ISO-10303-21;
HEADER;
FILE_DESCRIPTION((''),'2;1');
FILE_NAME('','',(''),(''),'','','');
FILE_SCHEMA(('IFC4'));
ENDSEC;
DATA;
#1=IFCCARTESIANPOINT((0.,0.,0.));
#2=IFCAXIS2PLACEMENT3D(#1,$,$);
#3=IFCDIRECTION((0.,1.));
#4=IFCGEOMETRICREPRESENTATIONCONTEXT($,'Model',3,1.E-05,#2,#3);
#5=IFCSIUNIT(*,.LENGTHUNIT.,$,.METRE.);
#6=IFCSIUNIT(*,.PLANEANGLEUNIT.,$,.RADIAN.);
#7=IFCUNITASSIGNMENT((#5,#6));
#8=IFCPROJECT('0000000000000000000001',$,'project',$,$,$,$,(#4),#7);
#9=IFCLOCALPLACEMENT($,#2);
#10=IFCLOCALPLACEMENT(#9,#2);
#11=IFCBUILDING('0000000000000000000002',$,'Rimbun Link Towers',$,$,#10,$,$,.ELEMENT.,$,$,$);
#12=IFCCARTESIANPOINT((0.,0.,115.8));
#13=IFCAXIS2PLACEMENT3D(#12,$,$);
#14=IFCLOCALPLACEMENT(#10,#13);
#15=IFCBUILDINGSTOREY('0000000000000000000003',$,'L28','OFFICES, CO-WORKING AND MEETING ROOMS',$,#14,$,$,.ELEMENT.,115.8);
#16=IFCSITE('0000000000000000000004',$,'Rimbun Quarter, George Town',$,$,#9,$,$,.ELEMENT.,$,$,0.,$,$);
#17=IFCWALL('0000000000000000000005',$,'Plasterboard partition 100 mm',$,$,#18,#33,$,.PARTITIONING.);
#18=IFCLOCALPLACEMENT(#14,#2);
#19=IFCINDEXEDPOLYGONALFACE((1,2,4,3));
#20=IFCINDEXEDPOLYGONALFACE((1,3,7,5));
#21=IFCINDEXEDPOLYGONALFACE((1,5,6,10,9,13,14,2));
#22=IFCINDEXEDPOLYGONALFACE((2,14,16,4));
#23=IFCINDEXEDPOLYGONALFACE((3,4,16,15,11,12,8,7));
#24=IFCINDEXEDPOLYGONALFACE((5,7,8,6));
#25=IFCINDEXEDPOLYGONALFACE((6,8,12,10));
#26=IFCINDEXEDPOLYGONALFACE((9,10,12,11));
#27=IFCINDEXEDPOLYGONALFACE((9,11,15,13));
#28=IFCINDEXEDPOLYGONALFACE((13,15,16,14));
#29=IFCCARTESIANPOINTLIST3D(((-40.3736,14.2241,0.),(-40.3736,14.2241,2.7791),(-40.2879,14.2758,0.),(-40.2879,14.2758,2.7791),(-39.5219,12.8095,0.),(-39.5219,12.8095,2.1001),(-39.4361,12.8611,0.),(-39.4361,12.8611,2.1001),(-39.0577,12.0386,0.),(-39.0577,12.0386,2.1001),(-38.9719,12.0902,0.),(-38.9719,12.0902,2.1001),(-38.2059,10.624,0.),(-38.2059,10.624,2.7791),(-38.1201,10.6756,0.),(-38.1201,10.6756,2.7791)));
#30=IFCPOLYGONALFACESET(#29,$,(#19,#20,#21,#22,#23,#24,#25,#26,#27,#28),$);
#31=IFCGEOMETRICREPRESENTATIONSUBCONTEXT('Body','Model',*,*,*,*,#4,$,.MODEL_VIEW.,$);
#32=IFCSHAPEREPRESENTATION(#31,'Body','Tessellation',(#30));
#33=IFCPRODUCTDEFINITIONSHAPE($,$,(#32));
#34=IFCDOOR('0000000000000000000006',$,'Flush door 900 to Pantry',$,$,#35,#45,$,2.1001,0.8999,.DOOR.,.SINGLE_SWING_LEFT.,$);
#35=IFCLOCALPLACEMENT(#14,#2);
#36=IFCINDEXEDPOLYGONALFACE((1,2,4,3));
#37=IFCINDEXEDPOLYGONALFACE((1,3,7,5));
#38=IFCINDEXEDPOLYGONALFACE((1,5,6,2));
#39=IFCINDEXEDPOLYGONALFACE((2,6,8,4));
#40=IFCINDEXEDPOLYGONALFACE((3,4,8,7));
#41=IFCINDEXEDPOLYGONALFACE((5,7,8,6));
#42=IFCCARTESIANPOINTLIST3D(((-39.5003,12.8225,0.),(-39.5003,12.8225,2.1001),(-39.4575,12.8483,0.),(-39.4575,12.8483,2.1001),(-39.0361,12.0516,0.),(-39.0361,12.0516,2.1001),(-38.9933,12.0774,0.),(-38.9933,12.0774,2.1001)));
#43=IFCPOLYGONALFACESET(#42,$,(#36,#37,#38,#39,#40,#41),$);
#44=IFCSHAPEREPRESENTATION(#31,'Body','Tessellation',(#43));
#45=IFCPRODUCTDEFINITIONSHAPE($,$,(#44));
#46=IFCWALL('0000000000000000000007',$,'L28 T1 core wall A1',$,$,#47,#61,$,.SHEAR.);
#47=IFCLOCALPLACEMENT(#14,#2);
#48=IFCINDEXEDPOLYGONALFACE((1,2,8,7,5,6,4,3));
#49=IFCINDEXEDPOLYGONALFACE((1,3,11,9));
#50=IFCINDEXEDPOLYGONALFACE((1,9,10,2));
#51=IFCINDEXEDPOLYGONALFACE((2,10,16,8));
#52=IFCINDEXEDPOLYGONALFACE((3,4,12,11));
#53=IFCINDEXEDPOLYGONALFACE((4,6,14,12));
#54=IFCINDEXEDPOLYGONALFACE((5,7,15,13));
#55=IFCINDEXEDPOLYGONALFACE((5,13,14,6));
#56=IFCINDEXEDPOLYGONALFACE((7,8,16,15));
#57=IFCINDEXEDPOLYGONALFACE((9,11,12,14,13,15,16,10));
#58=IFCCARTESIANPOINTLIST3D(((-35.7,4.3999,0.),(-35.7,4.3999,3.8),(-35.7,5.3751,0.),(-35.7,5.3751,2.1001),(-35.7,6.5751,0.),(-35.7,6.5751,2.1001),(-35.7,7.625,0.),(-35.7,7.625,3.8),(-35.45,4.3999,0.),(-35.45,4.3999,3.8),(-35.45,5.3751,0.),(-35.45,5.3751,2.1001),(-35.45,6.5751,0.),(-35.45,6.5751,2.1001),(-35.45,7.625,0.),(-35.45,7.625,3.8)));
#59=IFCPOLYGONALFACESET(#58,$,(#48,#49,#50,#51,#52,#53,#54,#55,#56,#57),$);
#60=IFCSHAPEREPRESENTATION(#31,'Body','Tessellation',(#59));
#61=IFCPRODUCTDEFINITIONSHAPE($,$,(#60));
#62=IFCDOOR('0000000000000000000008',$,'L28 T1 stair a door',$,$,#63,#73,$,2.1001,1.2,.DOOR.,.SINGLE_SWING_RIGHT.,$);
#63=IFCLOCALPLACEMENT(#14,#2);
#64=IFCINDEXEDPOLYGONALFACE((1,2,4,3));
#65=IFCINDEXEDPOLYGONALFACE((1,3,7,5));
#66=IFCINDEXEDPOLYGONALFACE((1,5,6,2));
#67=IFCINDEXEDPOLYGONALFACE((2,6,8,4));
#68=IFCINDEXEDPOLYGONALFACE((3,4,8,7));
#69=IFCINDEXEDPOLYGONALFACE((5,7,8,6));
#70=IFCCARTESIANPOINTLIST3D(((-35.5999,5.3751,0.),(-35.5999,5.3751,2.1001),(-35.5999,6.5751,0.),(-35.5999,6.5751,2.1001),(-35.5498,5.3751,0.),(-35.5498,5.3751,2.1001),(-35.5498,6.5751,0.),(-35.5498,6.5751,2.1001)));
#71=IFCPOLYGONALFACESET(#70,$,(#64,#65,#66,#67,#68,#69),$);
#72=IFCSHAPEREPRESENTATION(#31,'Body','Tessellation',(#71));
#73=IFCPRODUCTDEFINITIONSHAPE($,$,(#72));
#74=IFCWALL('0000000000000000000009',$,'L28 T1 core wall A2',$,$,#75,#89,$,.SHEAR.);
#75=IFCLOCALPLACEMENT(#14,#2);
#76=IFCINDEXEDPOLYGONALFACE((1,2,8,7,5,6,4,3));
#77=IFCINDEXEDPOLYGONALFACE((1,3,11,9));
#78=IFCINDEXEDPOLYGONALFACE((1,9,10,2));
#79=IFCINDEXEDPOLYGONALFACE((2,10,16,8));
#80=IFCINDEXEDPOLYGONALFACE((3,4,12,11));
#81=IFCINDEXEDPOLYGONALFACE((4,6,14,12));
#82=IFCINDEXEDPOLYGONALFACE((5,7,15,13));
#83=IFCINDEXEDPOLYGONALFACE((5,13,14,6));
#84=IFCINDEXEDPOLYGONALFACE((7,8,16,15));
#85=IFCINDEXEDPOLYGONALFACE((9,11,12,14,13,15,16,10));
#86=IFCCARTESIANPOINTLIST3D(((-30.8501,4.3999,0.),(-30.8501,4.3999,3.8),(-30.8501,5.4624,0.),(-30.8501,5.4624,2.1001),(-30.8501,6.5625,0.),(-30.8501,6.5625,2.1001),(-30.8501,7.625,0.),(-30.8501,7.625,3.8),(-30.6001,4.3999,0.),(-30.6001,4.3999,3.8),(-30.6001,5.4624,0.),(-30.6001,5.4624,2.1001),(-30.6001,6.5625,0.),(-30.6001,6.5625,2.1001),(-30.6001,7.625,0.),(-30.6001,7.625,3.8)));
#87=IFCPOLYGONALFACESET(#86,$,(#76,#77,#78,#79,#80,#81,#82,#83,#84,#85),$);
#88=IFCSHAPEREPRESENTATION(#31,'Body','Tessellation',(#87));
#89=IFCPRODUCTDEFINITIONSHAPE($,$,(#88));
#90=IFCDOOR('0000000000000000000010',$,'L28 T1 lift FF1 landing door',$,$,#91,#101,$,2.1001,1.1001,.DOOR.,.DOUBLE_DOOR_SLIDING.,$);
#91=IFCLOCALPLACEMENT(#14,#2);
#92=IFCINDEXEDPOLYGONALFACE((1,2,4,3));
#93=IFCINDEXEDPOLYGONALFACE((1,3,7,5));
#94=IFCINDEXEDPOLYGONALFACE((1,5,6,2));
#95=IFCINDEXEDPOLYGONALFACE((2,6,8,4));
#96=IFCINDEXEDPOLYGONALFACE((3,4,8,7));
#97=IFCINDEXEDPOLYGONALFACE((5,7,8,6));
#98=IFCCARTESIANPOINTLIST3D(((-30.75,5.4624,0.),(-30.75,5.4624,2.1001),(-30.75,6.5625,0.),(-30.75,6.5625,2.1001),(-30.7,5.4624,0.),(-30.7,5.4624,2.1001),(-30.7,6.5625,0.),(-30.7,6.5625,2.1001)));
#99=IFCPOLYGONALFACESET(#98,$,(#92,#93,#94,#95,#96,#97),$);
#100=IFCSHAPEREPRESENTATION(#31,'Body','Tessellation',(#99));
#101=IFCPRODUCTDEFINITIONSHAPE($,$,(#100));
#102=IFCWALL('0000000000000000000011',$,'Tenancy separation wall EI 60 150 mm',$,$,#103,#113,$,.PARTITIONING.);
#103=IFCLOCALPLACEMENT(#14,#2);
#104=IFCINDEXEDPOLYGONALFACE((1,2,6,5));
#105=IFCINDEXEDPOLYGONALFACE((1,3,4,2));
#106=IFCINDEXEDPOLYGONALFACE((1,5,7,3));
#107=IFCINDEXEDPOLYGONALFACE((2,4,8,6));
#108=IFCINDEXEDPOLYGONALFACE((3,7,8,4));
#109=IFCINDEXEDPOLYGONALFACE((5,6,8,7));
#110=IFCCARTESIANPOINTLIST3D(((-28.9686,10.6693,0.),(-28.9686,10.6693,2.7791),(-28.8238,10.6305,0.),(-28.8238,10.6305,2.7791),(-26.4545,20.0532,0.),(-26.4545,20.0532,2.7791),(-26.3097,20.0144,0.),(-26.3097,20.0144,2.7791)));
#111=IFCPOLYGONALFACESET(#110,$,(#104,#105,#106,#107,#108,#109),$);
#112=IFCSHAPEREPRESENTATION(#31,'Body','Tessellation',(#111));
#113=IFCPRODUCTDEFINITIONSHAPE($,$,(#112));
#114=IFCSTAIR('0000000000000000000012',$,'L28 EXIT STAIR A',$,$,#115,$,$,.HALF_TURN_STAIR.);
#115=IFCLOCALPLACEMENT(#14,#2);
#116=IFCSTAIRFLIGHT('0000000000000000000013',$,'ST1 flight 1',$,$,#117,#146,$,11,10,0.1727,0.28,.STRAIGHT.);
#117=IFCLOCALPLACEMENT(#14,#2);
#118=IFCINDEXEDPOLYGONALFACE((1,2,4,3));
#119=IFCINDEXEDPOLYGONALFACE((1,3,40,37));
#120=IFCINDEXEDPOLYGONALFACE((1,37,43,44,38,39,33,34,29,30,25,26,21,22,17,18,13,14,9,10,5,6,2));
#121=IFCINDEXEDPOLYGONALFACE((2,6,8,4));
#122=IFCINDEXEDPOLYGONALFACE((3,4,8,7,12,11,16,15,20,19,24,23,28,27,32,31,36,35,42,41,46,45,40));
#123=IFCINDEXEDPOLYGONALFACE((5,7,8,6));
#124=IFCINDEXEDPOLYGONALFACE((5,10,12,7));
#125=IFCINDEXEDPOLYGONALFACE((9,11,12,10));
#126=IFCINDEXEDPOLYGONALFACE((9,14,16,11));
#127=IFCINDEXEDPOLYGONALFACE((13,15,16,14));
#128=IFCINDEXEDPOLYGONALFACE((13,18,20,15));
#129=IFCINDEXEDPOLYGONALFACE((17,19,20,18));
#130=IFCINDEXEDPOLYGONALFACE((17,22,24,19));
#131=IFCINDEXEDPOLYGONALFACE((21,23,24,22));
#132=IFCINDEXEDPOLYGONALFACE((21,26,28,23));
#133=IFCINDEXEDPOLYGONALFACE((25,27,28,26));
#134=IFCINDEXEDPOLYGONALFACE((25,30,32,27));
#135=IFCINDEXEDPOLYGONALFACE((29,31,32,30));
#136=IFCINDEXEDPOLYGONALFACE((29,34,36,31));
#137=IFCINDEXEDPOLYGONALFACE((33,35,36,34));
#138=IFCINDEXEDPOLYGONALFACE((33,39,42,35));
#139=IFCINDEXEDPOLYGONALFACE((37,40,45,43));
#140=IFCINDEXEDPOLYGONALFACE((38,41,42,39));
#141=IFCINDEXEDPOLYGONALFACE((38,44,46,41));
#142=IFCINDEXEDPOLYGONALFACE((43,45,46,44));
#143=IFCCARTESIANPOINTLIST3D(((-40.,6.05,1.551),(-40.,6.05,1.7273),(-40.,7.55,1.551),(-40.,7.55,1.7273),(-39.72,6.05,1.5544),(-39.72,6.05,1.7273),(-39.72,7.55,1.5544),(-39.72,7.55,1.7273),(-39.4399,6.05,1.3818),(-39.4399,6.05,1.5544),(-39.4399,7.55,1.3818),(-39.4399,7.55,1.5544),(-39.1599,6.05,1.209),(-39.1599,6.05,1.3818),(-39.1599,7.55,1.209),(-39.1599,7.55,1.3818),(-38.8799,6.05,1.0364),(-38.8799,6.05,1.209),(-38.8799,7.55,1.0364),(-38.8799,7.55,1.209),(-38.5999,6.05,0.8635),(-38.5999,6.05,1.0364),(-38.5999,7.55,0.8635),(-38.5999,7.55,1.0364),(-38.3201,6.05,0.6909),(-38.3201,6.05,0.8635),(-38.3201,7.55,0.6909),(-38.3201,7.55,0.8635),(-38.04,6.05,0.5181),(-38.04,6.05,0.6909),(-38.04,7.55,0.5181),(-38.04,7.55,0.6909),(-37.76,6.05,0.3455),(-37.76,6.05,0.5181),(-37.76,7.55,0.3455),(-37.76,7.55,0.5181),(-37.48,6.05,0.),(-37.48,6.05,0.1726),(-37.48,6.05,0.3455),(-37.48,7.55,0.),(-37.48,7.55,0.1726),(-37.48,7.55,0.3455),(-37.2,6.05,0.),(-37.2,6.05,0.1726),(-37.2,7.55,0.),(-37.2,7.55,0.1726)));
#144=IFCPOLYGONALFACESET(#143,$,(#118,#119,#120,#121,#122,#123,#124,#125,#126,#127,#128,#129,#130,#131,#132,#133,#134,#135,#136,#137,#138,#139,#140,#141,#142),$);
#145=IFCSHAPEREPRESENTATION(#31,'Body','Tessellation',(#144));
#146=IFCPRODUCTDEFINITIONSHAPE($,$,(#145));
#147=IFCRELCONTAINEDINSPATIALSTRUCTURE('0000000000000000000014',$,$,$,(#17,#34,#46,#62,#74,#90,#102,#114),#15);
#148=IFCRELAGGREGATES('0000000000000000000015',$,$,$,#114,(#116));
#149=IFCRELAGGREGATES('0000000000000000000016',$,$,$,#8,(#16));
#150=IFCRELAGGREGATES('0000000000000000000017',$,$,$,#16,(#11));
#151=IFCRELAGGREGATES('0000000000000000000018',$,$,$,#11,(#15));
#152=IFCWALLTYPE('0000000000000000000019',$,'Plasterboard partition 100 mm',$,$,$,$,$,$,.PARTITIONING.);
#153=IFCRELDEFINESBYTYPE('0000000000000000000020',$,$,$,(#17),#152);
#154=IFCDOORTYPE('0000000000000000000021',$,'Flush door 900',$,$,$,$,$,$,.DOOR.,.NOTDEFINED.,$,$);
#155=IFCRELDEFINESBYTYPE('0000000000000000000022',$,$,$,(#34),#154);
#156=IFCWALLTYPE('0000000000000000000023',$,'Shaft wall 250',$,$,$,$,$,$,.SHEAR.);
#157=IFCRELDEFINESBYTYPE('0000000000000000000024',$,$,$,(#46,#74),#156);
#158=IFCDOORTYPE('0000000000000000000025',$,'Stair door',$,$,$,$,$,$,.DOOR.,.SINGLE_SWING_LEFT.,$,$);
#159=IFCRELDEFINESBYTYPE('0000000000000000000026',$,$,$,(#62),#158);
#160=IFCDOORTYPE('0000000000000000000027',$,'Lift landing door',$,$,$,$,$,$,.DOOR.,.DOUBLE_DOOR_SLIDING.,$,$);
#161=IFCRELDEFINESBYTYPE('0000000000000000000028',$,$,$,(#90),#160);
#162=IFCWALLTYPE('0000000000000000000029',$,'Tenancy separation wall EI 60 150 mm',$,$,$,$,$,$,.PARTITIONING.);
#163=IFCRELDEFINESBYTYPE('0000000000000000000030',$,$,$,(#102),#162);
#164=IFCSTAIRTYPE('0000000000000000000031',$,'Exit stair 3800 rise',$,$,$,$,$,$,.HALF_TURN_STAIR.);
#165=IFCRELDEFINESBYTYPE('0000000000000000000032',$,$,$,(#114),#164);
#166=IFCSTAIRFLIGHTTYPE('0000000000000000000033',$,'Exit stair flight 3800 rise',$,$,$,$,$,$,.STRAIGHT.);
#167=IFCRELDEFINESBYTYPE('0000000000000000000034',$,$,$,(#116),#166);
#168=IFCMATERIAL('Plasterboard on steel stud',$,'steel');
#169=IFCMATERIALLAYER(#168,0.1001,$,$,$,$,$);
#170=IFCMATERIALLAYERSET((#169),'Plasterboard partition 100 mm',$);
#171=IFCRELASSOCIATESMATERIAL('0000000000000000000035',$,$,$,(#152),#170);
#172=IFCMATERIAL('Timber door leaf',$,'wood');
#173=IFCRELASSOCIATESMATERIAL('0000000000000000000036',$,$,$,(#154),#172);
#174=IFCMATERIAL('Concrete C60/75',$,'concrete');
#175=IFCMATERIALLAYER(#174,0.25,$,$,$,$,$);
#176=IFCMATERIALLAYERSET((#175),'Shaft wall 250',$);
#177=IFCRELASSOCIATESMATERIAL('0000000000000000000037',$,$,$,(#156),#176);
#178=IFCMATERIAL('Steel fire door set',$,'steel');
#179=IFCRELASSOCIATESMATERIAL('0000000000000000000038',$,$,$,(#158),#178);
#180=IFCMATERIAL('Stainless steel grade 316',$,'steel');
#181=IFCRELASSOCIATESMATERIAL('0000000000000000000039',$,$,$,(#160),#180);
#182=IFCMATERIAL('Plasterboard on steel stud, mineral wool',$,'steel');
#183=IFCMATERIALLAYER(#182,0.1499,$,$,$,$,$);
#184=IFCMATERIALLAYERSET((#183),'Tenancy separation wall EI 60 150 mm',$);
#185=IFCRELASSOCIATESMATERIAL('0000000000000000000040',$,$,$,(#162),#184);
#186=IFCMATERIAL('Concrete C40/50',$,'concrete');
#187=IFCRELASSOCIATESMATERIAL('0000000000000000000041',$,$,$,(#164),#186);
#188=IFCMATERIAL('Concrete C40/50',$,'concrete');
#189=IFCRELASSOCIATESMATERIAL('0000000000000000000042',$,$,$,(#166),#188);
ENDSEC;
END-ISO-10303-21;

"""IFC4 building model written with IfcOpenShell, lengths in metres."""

from ifc_helpers import new_model, si_unit, direction, frame, frame_2d, origin, place, context, subcontext, project, spatial, polyline, rectangle, outline, extrude, material, layer, layer_set, type_object, element, fill, aggregate, save


model = new_model("IFC4")

# Units and contexts
model_context = context("Model", 3, precision=1e-05, world=origin(), true_north=direction((0.0, 1.0)))
body_context = subcontext(model_context, "Body", "Model", "MODEL_VIEW")
ifc_project = project(units=[si_unit("LENGTHUNIT", "METRE"), si_unit("PLANEANGLEUNIT", "RADIAN")], contexts=[model_context])

# Site, building, storey
site_placement = place(None, origin())
site = spatial("IfcSite", under=ifc_project, at=site_placement, Name="Rimbun Quarter, George Town", CompositionType="ELEMENT", RefElevation=0.0)
building_placement = place(site_placement, origin())
building = spatial("IfcBuilding", under=site, at=building_placement, Name="Rimbun Link Towers", CompositionType="ELEMENT")
storey_placement = place(building_placement, frame((0.0, 0.0, 115.8)))
storey = spatial("IfcBuildingStorey", under=building, at=storey_placement, Name="L28", Description="OFFICES, CO-WORKING AND MEETING ROOMS", CompositionType="ELEMENT", Elevation=115.8)

# Walls, openings, doors
ifc_material_1 = material(Name="Plasterboard on steel stud", Category="steel")
ifc_layer_1 = layer(ifc_material_1, 0.1001)
ifc_layer_set_1 = layer_set([ifc_layer_1], Name="Plasterboard partition 100 mm")
wall_type_1 = type_object("IfcWallType", Name="Plasterboard partition 100 mm", PredefinedType="PARTITIONING", material=ifc_layer_set_1)
ifc_material_2 = material(Name="Timber door leaf", Category="wood")
door_type_1 = type_object("IfcDoorType", Name="Flush door 900", OperationType="NOTDEFINED", PredefinedType="DOOR", material=ifc_material_2)
wall_1_placement = place(storey_placement, frame((-38.1631, 10.6499, 0.0), z_axis=(0.0, 0.0, 1.0), x_axis=(-0.515836, 0.856687, 0.0)))
wall_1 = element("IfcWall", 1, at=wall_1_placement, inside=storey, type_object=wall_type_1, Name="Plasterboard partition 100 mm", PredefinedType="PARTITIONING", context=body_context, shape_type="SweptSolid", body=[
    extrude(rectangle(XDim=4.2024, YDim=0.1001, at=frame_2d((2.1011, 0.0))), origin(), (0.0, 0.0, 1.0), 2.7791),
])
opening_1_placement = place(wall_1_placement, frame((1.6511, 0.0, 0.0)))
opening_1 = element("IfcOpeningElement", 2, at=opening_1_placement, cuts=wall_1, PredefinedType="OPENING", context=body_context, shape_type="SweptSolid", body=[
    extrude(rectangle(XDim=0.8999, YDim=2.1001, at=frame_2d((0.45, 1.05))), frame((0.0, 0.0601, 0.0), z_axis=(0.0, -1.0, 0.0), x_axis=(1.0, 0.0, 0.0)), (0.0, 0.0, 1.0), 0.1201),
])
door_1_placement = place(opening_1_placement, origin())
door_1 = element("IfcDoor", 3, at=door_1_placement, inside=storey, type_object=door_type_1, Name="Flush door 900 to Pantry", OperationType="SINGLE_SWING_LEFT", OverallHeight=2.1001, OverallWidth=0.8999, PredefinedType="DOOR", context=body_context, shape_type="SweptSolid", body=[
    extrude(rectangle(XDim=0.8999, YDim=2.1001, at=frame_2d((0.45, 1.05))), frame((0.0, 0.0249, 0.0), z_axis=(0.0, -1.0, 0.0), x_axis=(1.0, 0.0, 0.0)), (0.0, 0.0, 1.0), 0.05),
])
fill(opening_1, door_1)
ifc_material_3 = material(Name="Concrete C60/75", Category="concrete")
ifc_layer_2 = layer(ifc_material_3, 0.25)
ifc_layer_set_2 = layer_set([ifc_layer_2], Name="Shaft wall 250")
wall_type_2 = type_object("IfcWallType", Name="Shaft wall 250", PredefinedType="SHEAR", material=ifc_layer_set_2)
wall_2_placement = place(storey_placement, frame((-35.575, 4.3999, 0.0), z_axis=(0.0, 0.0, 1.0), x_axis=(0.0, 1.0, 0.0)))
wall_2 = element("IfcWall", 4, at=wall_2_placement, inside=storey, type_object=wall_type_2, Name="L28 T1 core wall A1", PredefinedType="SHEAR", context=body_context, shape_type="SweptSolid", body=[
    extrude(rectangle(XDim=3.2251, YDim=0.25, at=frame_2d((1.6125, 0.0))), origin(), (0.0, 0.0, 1.0), 3.8),
])
opening_2_placement = place(wall_2_placement, frame((0.9751, 0.0, 0.0)))
opening_2 = element("IfcOpeningElement", 5, at=opening_2_placement, cuts=wall_2, PredefinedType="OPENING", context=body_context, shape_type="SweptSolid", body=[
    extrude(rectangle(XDim=1.2, YDim=2.1001, at=frame_2d((0.6001, 1.05))), frame((0.0, 0.135, 0.0), z_axis=(0.0, -1.0, 0.0), x_axis=(1.0, 0.0, 0.0)), (0.0, 0.0, 1.0), 0.27),
])
ifc_material_4 = material(Name="Steel fire door set", Category="steel")
door_type_2 = type_object("IfcDoorType", Name="Stair door", OperationType="SINGLE_SWING_LEFT", PredefinedType="DOOR", material=ifc_material_4)
door_2_placement = place(opening_2_placement, origin())
door_2 = element("IfcDoor", 6, at=door_2_placement, inside=storey, type_object=door_type_2, Name="L28 T1 stair a door", OperationType="SINGLE_SWING_RIGHT", OverallHeight=2.1001, OverallWidth=1.2, PredefinedType="DOOR", context=body_context, shape_type="SweptSolid", body=[
    extrude(rectangle(XDim=1.2, YDim=2.1001, at=frame_2d((0.6001, 1.05))), frame((0.0, 0.0249, 0.0), z_axis=(0.0, -1.0, 0.0), x_axis=(1.0, 0.0, 0.0)), (0.0, 0.0, 1.0), 0.05),
])
fill(opening_2, door_2)
wall_3_placement = place(storey_placement, frame((-30.7251, 4.3999, 0.0), z_axis=(0.0, 0.0, 1.0), x_axis=(0.0, 1.0, 0.0)))
wall_3 = element("IfcWall", 7, at=wall_3_placement, inside=storey, type_object=wall_type_2, Name="L28 T1 core wall A2", PredefinedType="SHEAR", context=body_context, shape_type="SweptSolid", body=[
    extrude(rectangle(XDim=3.2251, YDim=0.25, at=frame_2d((1.6125, 0.0))), origin(), (0.0, 0.0, 1.0), 3.8),
])
opening_3_placement = place(wall_3_placement, frame((1.0625, 0.0, 0.0)))
opening_3 = element("IfcOpeningElement", 8, at=opening_3_placement, cuts=wall_3, PredefinedType="OPENING", context=body_context, shape_type="SweptSolid", body=[
    extrude(rectangle(XDim=1.1001, YDim=2.1001, at=frame_2d((0.55, 1.05))), frame((0.0, 0.135, 0.0), z_axis=(0.0, -1.0, 0.0), x_axis=(1.0, 0.0, 0.0)), (0.0, 0.0, 1.0), 0.27),
])
ifc_material_5 = material(Name="Stainless steel grade 316", Category="steel")
door_type_3 = type_object("IfcDoorType", Name="Lift landing door", OperationType="DOUBLE_DOOR_SLIDING", PredefinedType="DOOR", material=ifc_material_5)
door_3_placement = place(opening_3_placement, origin())
door_3 = element("IfcDoor", 9, at=door_3_placement, inside=storey, type_object=door_type_3, Name="L28 T1 lift FF1 landing door", OperationType="DOUBLE_DOOR_SLIDING", OverallHeight=2.1001, OverallWidth=1.1001, PredefinedType="DOOR", context=body_context, shape_type="SweptSolid", body=[
    extrude(rectangle(XDim=1.1001, YDim=2.1001, at=frame_2d((0.55, 1.05))), frame((0.0, 0.0249, 0.0), z_axis=(0.0, -1.0, 0.0), x_axis=(1.0, 0.0, 0.0)), (0.0, 0.0, 1.0), 0.05),
])
fill(opening_3, door_3)

# Wall
ifc_material_6 = material(Name="Plasterboard on steel stud, mineral wool", Category="steel")
ifc_layer_3 = layer(ifc_material_6, 0.1499)
ifc_layer_set_3 = layer_set([ifc_layer_3], Name="Tenancy separation wall EI 60 150 mm")
wall_type_3 = type_object("IfcWallType", Name="Tenancy separation wall EI 60 150 mm", PredefinedType="PARTITIONING", material=ifc_layer_set_3)
wall_4_placement = place(storey_placement, frame((-28.8962, 10.6499, 0.0), z_axis=(0.0, 0.0, 1.0), x_axis=(0.258798, 0.965931, 0.0)))
element("IfcWall", 10, at=wall_4_placement, inside=storey, type_object=wall_type_3, Name="Tenancy separation wall EI 60 150 mm", PredefinedType="PARTITIONING", context=body_context, shape_type="SweptSolid", body=[
    extrude(rectangle(XDim=9.7148, YDim=0.1499, at=frame_2d((4.8574, 0.0))), origin(), (0.0, 0.0, 1.0), 2.7791),
])

# Stair, stair flight
ifc_material_7 = material(Name="Concrete C40/50", Category="concrete")
stair_type = type_object("IfcStairType", Name="Exit stair 3800 rise", PredefinedType="HALF_TURN_STAIR", material=ifc_material_7)
stair_placement = place(storey_placement, origin())
stair = element("IfcStair", 11, at=stair_placement, inside=storey, type_object=stair_type, Name="L28 EXIT STAIR A", PredefinedType="HALF_TURN_STAIR")
ifc_material_8 = material(Name="Concrete C40/50", Category="concrete")
stair_flight_type = type_object("IfcStairFlightType", Name="Exit stair flight 3800 rise", PredefinedType="STRAIGHT", material=ifc_material_8)
stair_flight_placement = place(storey_placement, frame((-37.2, 6.8, 0.0), z_axis=(0.0, 0.0, 1.0), x_axis=(-1.0, 0.0, 0.0)))
stair_flight = element("IfcStairFlight", 12, at=stair_flight_placement, type_object=stair_flight_type, Name="ST1 flight 1", NumberOfRisers=11, NumberOfTreads=10, PredefinedType="STRAIGHT", RiserHeight=0.1727, TreadLength=0.28, context=body_context, shape_type="SweptSolid", body=[
    extrude(outline(polyline([(0.0, 0.0), (0.0, 0.1726), (0.28, 0.1726), (0.28, 0.3455), (0.5601, 0.3455), (0.5601, 0.5181), (0.8401, 0.5181), (0.8401, 0.6909), (1.1201, 0.6909), (1.1201, 0.8635), (1.3999, 0.8635), (1.3999, 1.0364), (1.6799, 1.0364), (1.6799, 1.209), (1.96, 1.209), (1.96, 1.3818), (2.24, 1.3818), (2.24, 1.5544), (2.52, 1.5544), (2.52, 1.7273), (2.8, 1.7273), (2.8, 1.8999), (2.8, 1.551), (0.28, 0.0), (0.0, 0.0)])), frame((0.0, 0.75, 0.0), z_axis=(0.0, -1.0, 0.0), x_axis=(1.0, 0.0, 0.0)), (0.0, 0.0, 1.0), 1.5),
])
aggregate(stair, [stair_flight])

save(model, "model.ifc")
